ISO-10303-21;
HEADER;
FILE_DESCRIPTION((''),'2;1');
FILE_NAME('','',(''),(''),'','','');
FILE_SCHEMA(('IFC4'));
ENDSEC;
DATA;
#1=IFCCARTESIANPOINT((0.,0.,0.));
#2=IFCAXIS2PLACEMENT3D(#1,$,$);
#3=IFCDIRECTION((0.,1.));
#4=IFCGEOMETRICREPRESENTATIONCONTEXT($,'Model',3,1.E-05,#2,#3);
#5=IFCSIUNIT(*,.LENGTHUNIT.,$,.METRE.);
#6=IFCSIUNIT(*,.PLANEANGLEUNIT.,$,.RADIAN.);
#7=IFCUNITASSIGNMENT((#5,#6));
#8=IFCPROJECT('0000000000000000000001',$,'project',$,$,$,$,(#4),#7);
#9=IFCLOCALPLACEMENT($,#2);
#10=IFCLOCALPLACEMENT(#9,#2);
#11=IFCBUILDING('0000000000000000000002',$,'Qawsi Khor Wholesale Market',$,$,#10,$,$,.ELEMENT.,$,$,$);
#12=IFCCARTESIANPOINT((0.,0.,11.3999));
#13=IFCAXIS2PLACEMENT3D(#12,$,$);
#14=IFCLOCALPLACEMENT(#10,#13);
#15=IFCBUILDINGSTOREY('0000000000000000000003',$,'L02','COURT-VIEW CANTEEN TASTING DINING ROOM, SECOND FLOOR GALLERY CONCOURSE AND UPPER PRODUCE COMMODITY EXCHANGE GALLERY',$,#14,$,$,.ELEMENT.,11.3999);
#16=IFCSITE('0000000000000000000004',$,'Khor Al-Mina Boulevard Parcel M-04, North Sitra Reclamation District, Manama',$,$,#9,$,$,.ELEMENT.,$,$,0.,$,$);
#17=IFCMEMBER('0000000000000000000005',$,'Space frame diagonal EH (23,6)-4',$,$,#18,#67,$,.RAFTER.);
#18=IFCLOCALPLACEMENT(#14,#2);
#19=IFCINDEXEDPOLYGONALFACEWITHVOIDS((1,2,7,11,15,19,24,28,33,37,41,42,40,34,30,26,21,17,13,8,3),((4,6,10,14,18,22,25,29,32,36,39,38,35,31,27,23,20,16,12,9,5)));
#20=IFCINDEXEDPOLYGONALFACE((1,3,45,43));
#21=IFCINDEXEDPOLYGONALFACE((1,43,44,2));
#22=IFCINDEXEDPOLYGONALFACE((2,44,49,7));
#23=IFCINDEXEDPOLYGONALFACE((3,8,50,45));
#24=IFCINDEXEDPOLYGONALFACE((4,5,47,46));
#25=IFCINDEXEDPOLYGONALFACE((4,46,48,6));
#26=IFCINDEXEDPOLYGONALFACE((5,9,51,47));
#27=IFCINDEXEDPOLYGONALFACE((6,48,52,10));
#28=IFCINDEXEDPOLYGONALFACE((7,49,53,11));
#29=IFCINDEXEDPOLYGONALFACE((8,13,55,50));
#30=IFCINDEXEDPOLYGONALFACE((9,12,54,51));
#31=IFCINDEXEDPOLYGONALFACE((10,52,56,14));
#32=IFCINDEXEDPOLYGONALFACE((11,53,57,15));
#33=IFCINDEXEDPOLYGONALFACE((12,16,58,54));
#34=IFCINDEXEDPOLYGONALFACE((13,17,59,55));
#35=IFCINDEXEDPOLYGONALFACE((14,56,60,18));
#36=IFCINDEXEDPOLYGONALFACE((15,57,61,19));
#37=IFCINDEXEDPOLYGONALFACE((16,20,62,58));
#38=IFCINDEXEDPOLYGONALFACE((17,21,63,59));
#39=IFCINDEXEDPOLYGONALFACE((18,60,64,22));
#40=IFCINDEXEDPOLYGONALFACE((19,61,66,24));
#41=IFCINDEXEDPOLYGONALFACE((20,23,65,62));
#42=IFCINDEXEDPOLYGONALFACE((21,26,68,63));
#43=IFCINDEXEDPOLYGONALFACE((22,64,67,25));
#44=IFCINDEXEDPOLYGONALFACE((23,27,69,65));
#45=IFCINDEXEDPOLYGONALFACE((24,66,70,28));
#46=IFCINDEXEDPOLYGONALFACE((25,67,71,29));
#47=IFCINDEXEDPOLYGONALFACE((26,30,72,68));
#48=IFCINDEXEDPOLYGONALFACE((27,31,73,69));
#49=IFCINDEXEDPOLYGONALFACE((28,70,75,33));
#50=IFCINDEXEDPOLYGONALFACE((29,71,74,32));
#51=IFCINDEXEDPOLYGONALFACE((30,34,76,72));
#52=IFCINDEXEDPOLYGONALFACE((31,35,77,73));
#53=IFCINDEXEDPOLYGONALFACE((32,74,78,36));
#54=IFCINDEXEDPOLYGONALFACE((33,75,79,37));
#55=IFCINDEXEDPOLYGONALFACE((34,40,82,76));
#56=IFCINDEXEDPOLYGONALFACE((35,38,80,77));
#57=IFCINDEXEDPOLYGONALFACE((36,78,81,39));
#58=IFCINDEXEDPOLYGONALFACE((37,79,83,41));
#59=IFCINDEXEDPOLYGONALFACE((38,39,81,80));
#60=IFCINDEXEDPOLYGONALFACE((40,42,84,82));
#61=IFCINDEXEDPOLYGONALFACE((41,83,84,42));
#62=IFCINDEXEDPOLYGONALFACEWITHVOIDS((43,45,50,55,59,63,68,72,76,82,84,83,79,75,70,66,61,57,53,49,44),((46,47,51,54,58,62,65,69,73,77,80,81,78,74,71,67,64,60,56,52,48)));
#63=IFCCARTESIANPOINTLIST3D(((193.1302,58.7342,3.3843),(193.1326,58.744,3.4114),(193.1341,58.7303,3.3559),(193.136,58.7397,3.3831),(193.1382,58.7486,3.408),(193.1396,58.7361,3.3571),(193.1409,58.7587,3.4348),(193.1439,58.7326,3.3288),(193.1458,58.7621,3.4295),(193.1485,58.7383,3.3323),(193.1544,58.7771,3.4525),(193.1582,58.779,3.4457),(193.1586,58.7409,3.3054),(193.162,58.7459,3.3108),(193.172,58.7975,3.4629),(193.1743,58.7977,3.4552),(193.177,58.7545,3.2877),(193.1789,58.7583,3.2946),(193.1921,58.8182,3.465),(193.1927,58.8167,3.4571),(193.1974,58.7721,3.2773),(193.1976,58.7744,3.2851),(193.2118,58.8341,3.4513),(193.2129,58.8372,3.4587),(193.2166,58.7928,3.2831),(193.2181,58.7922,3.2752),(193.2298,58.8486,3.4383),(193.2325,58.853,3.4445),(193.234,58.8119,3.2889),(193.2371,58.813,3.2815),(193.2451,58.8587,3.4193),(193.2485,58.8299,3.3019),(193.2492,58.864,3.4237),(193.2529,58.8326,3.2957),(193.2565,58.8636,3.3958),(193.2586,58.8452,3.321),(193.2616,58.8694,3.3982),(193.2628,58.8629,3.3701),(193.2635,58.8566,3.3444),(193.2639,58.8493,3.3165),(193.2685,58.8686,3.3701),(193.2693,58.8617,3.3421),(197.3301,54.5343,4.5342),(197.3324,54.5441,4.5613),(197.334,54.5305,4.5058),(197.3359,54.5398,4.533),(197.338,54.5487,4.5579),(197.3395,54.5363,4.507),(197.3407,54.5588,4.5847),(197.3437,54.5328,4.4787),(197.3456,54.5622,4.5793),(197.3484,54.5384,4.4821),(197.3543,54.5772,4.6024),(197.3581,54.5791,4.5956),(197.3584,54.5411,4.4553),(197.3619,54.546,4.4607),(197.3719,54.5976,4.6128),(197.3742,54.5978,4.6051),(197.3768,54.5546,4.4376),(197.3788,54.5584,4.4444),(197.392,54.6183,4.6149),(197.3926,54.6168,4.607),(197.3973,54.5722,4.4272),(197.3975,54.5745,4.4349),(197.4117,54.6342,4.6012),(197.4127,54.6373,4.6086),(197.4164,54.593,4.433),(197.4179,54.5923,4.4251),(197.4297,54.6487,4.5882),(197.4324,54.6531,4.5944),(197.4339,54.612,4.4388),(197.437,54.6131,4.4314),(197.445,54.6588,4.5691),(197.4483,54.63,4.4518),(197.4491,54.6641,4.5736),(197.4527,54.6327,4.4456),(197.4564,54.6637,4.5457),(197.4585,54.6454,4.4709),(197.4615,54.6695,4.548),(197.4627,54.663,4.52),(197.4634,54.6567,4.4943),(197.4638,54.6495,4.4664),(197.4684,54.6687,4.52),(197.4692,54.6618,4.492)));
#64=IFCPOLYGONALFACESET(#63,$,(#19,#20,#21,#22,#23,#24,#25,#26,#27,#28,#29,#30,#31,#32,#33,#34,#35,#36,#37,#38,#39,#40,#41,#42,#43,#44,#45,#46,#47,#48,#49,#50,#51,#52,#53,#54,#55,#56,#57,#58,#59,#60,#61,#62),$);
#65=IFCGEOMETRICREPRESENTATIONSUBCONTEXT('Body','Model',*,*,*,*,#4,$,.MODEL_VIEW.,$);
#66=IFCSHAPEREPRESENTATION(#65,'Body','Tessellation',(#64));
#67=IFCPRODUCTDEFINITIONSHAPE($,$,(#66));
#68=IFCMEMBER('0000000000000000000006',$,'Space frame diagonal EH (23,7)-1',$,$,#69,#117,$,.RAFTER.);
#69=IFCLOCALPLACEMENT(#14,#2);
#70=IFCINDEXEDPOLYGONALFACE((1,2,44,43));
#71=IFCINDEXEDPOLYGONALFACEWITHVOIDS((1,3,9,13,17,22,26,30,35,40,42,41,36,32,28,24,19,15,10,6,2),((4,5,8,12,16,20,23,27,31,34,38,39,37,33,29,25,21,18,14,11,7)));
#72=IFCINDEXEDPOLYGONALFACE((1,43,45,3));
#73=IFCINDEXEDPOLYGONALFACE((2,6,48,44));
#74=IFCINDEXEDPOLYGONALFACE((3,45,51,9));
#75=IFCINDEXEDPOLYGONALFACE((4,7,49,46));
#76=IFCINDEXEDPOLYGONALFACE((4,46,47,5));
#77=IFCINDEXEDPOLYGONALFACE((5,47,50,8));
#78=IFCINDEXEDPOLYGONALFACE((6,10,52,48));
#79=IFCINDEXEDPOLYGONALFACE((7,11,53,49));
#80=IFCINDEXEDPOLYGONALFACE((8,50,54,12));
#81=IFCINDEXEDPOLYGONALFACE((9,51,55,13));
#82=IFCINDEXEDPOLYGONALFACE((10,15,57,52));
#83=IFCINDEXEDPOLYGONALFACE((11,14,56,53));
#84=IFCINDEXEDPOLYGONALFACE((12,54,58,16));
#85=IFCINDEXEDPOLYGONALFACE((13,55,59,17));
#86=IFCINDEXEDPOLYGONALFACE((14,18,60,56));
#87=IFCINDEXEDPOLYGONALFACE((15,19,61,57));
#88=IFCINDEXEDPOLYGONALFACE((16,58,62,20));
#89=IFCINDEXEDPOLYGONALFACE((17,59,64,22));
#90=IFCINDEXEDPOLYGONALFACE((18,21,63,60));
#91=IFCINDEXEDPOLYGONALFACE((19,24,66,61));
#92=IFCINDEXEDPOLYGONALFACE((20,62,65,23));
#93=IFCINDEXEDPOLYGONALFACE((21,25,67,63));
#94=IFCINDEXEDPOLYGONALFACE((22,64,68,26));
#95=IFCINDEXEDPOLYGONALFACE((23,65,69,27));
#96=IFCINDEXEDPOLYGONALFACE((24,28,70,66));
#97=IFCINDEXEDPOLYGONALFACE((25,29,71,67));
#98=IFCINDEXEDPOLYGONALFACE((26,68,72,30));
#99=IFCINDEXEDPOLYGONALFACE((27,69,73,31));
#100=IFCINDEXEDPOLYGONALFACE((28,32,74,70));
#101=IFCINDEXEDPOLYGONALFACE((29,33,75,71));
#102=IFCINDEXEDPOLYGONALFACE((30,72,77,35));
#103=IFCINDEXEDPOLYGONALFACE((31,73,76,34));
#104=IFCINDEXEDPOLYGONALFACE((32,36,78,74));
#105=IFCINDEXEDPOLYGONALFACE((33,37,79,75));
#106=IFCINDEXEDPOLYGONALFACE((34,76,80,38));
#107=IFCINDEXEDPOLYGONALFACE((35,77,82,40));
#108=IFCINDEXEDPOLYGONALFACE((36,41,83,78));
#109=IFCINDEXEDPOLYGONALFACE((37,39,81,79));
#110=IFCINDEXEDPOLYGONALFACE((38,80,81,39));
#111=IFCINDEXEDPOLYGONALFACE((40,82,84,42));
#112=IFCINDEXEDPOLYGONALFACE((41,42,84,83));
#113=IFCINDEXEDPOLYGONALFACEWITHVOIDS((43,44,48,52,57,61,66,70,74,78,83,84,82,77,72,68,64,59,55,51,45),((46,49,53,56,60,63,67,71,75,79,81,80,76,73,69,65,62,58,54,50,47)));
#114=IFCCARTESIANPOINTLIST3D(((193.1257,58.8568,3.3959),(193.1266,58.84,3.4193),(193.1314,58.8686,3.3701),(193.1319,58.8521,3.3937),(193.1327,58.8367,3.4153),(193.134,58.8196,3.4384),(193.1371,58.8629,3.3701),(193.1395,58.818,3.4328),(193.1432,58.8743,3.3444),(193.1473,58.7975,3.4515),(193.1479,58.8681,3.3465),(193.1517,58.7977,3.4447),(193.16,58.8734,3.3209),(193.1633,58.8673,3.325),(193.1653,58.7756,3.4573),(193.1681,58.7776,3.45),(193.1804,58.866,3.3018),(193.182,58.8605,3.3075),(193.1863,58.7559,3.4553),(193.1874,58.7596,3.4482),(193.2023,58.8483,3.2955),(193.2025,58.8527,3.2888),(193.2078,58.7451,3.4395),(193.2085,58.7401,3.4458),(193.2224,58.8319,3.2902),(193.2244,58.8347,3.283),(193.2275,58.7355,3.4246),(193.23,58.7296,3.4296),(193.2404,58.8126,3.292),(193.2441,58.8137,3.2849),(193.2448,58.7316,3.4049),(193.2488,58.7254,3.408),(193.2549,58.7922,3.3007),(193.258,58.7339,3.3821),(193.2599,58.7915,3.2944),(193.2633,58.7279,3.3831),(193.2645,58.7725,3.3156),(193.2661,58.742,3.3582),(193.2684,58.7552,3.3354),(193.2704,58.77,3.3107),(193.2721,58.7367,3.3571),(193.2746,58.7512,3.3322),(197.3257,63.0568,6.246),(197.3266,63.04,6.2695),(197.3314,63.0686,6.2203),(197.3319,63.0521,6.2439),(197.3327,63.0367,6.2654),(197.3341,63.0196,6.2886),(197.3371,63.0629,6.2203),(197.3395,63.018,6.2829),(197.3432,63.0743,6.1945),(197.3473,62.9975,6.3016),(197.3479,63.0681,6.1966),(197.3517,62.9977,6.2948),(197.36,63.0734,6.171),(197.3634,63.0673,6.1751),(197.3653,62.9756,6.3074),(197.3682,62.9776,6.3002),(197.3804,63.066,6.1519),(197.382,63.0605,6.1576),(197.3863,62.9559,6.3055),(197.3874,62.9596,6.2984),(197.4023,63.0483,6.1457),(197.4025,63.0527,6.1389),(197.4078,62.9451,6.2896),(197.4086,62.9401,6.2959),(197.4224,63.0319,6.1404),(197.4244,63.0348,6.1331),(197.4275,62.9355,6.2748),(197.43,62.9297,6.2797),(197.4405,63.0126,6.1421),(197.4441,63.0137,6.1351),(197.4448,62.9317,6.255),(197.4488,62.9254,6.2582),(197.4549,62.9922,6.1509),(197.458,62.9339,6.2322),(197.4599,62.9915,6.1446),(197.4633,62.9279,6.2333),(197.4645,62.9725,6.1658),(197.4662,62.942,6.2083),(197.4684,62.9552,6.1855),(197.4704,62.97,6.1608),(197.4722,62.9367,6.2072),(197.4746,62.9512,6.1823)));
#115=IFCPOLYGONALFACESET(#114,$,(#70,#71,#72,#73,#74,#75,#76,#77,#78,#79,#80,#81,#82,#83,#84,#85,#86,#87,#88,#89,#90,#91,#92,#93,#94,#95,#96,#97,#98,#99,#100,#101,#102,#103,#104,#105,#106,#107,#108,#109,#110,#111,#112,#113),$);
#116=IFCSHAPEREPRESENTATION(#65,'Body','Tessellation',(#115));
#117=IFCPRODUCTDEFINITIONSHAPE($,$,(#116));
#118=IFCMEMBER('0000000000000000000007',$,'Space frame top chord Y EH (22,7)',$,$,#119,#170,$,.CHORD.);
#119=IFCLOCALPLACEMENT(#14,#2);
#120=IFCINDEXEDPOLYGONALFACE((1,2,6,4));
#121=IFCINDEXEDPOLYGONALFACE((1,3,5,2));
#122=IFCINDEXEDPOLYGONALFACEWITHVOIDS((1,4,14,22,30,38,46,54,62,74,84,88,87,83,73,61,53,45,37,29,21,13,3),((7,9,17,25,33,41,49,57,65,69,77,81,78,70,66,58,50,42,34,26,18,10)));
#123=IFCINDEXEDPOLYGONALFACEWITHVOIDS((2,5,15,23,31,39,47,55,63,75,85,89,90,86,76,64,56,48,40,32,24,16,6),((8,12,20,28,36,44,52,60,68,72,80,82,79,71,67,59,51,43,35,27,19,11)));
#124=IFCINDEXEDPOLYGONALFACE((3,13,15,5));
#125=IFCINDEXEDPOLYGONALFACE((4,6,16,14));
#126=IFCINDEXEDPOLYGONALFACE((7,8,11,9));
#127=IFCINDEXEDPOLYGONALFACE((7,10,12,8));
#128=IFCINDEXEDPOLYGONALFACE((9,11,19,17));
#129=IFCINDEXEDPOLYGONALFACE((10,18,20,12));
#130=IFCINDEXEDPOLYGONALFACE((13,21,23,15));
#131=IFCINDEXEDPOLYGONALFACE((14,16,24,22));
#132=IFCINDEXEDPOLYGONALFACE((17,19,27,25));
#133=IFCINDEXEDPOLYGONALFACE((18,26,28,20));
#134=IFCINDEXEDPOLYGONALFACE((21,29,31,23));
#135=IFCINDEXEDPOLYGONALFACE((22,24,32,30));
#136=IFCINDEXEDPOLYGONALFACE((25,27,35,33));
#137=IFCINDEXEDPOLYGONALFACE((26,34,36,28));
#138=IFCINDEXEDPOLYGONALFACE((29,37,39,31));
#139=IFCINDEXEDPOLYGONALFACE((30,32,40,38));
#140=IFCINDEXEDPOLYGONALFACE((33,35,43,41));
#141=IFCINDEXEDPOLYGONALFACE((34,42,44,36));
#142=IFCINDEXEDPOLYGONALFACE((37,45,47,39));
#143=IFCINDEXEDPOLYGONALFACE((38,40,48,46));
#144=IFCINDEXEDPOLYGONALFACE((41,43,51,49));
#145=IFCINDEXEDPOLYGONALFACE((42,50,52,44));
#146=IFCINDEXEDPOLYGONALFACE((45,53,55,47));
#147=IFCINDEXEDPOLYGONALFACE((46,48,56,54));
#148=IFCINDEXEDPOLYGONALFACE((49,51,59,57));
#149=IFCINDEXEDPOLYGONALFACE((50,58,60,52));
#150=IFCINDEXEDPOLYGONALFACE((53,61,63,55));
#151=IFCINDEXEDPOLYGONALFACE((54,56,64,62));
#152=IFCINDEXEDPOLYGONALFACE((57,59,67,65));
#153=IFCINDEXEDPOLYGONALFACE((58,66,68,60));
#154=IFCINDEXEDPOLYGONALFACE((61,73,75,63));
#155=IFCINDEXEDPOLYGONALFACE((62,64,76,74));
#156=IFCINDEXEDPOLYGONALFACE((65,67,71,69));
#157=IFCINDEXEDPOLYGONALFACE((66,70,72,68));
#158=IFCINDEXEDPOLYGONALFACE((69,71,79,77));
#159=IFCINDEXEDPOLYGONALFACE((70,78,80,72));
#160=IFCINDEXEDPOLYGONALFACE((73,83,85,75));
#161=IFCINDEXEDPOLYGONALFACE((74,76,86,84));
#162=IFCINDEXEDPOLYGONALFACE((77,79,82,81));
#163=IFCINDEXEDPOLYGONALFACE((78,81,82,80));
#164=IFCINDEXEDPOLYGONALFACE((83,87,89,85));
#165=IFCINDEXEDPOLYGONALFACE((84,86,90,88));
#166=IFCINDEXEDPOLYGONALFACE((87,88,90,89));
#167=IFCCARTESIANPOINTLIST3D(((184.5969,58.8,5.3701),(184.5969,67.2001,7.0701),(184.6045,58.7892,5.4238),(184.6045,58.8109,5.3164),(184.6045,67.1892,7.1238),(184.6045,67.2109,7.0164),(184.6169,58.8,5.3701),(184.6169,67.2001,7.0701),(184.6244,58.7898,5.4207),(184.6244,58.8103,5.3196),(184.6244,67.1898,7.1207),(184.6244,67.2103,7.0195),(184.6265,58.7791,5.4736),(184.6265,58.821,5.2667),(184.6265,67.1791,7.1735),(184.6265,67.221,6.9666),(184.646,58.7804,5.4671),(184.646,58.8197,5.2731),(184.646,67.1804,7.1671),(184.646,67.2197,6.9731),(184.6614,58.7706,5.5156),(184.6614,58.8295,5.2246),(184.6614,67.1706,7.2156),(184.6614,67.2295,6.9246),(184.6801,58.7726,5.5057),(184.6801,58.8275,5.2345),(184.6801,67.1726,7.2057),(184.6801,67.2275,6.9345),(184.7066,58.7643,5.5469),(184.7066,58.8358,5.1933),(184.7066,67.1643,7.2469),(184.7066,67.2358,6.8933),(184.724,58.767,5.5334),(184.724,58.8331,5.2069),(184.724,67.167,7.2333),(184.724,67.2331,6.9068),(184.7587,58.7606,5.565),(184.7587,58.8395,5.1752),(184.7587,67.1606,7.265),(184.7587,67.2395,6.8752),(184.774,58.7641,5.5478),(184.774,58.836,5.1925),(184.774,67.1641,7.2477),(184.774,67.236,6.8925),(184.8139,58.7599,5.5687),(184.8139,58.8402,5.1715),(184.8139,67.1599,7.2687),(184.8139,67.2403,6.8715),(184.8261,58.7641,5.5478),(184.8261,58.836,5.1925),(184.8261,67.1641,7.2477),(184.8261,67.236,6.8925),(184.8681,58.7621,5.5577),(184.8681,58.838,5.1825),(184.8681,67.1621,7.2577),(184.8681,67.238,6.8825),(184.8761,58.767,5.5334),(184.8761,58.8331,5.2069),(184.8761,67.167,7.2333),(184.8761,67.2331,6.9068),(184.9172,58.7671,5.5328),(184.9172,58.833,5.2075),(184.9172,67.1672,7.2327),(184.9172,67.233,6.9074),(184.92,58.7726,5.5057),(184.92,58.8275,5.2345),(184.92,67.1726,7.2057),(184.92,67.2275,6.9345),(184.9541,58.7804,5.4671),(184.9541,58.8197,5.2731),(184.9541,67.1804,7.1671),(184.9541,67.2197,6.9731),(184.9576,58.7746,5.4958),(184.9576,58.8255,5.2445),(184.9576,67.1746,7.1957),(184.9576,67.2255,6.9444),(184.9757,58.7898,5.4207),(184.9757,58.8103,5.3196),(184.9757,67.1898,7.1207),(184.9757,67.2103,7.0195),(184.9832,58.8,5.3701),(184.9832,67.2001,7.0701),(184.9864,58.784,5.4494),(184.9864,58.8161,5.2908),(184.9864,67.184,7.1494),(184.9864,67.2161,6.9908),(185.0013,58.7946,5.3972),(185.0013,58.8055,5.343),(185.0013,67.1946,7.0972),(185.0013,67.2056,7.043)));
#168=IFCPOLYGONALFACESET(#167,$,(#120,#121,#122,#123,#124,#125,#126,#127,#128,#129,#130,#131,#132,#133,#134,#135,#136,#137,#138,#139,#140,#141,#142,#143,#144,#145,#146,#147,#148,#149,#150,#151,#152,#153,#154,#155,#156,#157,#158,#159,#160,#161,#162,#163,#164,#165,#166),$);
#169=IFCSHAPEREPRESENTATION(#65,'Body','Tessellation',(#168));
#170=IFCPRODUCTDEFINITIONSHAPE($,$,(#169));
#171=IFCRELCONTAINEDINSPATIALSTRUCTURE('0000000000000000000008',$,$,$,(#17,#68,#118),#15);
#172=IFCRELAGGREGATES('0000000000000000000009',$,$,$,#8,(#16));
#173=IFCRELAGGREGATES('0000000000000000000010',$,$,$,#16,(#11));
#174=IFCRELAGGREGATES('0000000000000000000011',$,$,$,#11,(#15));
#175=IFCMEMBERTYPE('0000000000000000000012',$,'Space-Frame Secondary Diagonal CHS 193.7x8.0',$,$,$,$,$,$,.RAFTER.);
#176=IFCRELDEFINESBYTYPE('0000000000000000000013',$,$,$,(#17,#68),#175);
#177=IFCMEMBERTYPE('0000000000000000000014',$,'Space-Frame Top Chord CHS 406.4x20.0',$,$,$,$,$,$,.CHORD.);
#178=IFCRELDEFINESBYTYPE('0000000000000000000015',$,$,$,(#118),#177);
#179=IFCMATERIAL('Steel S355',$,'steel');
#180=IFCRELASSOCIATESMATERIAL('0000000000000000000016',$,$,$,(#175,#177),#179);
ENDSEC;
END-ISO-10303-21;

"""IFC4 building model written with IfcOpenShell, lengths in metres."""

from ifc_helpers import new_model, si_unit, direction, frame, origin, origin_2d, place, context, subcontext, project, spatial, hollow_circle, extrude, material, material_profile, profile_set, type_object, element, save


model = new_model("IFC4")

# Units and contexts
model_context = context("Model", 3, precision=1e-05, world=origin(), true_north=direction((0.0, 1.0)))
body_context = subcontext(model_context, "Body", "Model", "MODEL_VIEW")
ifc_project = project(units=[si_unit("LENGTHUNIT", "METRE"), si_unit("PLANEANGLEUNIT", "RADIAN")], contexts=[model_context])

# Site, building, storey
site_placement = place(None, origin())
site = spatial("IfcSite", under=ifc_project, at=site_placement, Name="Khor Al-Mina Boulevard Parcel M-04, North Sitra Reclamation District, Manama", CompositionType="ELEMENT", RefElevation=0.0)
building_placement = place(site_placement, origin())
building = spatial("IfcBuilding", under=site, at=building_placement, Name="Qawsi Khor Wholesale Market", CompositionType="ELEMENT")
storey_placement = place(building_placement, frame((0.0, 0.0, 11.3999)))
storey = spatial("IfcBuildingStorey", under=building, at=storey_placement, Name="L02", Description="COURT-VIEW CANTEEN TASTING DINING ROOM, SECOND FLOOR GALLERY CONCOURSE AND UPPER PRODUCE COMMODITY EXCHANGE GALLERY", CompositionType="ELEMENT", Elevation=11.3999)

# Members
ifc_material_1 = material(Name="Steel S355", Category="steel")
ifc_material_profile_1 = material_profile(ifc_material_1, hollow_circle(Radius=0.0969, WallThickness=0.0081, at=origin_2d()), Name="CHS 193.7x8.0")
ifc_profile_set_1 = profile_set([ifc_material_profile_1], Name="Steel S355")
member_type_1 = type_object("IfcMemberType", Name="Space-Frame Secondary Diagonal CHS 193.7x8.0", PredefinedType="RAFTER", material=ifc_profile_set_1)
member_1_placement = place(storey_placement, frame((193.2, 58.8, 3.3701), z_axis=(0.694217, -0.694217, 0.190069), x_axis=(0.707107, 0.707107, 0.0)))
element("IfcMember", 1, at=member_1_placement, inside=storey, type_object=member_type_1, Name="Space frame diagonal EH (23,6)-4", PredefinedType="RAFTER", context=body_context, shape_type="SweptSolid", body=[
    extrude(hollow_circle(Radius=0.0969, WallThickness=0.0081, at=origin_2d()), origin(), (0.0, 0.0, 1.0), 6.0498),
])
member_2_placement = place(storey_placement, frame((193.2, 58.8, 3.3701), z_axis=(0.637512, 0.637512, 0.432617), x_axis=(-0.707107, 0.707107, 0.0)))
element("IfcMember", 2, at=member_2_placement, inside=storey, type_object=member_type_1, Name="Space frame diagonal EH (23,7)-1", PredefinedType="RAFTER", context=body_context, shape_type="SweptSolid", body=[
    extrude(hollow_circle(Radius=0.0969, WallThickness=0.0081, at=origin_2d()), origin(), (0.0, 0.0, 1.0), 6.5881),
])
ifc_material_profile_2 = material_profile(ifc_material_1, hollow_circle(Radius=0.2031, WallThickness=0.02, at=origin_2d()), Name="CHS 406.4x20.0")
ifc_profile_set_2 = profile_set([ifc_material_profile_2], Name="Steel S355")
member_type_2 = type_object("IfcMemberType", Name="Space-Frame Top Chord CHS 406.4x20.0", PredefinedType="CHORD", material=ifc_profile_set_2)
for number, where, z_axis, x_axis, name in (
    (3, (184.8, 58.8, 5.3701), (0.0, 0.98013, 0.198356), (-1.0, 0.0, 0.0), "Space frame top chord Y EH (22,7)"),
):
    element("IfcMember", number, at=place(storey_placement, frame(where, z_axis=z_axis, x_axis=x_axis)), inside=storey, type_object=member_type_2, Name=name, PredefinedType="CHORD", context=body_context, shape_type="SweptSolid", body=[
        extrude(hollow_circle(Radius=0.2031, WallThickness=0.02, at=origin_2d()), origin(), (0.0, 0.0, 1.0), 8.5703),
    ])

save(model, "model.ifc")
